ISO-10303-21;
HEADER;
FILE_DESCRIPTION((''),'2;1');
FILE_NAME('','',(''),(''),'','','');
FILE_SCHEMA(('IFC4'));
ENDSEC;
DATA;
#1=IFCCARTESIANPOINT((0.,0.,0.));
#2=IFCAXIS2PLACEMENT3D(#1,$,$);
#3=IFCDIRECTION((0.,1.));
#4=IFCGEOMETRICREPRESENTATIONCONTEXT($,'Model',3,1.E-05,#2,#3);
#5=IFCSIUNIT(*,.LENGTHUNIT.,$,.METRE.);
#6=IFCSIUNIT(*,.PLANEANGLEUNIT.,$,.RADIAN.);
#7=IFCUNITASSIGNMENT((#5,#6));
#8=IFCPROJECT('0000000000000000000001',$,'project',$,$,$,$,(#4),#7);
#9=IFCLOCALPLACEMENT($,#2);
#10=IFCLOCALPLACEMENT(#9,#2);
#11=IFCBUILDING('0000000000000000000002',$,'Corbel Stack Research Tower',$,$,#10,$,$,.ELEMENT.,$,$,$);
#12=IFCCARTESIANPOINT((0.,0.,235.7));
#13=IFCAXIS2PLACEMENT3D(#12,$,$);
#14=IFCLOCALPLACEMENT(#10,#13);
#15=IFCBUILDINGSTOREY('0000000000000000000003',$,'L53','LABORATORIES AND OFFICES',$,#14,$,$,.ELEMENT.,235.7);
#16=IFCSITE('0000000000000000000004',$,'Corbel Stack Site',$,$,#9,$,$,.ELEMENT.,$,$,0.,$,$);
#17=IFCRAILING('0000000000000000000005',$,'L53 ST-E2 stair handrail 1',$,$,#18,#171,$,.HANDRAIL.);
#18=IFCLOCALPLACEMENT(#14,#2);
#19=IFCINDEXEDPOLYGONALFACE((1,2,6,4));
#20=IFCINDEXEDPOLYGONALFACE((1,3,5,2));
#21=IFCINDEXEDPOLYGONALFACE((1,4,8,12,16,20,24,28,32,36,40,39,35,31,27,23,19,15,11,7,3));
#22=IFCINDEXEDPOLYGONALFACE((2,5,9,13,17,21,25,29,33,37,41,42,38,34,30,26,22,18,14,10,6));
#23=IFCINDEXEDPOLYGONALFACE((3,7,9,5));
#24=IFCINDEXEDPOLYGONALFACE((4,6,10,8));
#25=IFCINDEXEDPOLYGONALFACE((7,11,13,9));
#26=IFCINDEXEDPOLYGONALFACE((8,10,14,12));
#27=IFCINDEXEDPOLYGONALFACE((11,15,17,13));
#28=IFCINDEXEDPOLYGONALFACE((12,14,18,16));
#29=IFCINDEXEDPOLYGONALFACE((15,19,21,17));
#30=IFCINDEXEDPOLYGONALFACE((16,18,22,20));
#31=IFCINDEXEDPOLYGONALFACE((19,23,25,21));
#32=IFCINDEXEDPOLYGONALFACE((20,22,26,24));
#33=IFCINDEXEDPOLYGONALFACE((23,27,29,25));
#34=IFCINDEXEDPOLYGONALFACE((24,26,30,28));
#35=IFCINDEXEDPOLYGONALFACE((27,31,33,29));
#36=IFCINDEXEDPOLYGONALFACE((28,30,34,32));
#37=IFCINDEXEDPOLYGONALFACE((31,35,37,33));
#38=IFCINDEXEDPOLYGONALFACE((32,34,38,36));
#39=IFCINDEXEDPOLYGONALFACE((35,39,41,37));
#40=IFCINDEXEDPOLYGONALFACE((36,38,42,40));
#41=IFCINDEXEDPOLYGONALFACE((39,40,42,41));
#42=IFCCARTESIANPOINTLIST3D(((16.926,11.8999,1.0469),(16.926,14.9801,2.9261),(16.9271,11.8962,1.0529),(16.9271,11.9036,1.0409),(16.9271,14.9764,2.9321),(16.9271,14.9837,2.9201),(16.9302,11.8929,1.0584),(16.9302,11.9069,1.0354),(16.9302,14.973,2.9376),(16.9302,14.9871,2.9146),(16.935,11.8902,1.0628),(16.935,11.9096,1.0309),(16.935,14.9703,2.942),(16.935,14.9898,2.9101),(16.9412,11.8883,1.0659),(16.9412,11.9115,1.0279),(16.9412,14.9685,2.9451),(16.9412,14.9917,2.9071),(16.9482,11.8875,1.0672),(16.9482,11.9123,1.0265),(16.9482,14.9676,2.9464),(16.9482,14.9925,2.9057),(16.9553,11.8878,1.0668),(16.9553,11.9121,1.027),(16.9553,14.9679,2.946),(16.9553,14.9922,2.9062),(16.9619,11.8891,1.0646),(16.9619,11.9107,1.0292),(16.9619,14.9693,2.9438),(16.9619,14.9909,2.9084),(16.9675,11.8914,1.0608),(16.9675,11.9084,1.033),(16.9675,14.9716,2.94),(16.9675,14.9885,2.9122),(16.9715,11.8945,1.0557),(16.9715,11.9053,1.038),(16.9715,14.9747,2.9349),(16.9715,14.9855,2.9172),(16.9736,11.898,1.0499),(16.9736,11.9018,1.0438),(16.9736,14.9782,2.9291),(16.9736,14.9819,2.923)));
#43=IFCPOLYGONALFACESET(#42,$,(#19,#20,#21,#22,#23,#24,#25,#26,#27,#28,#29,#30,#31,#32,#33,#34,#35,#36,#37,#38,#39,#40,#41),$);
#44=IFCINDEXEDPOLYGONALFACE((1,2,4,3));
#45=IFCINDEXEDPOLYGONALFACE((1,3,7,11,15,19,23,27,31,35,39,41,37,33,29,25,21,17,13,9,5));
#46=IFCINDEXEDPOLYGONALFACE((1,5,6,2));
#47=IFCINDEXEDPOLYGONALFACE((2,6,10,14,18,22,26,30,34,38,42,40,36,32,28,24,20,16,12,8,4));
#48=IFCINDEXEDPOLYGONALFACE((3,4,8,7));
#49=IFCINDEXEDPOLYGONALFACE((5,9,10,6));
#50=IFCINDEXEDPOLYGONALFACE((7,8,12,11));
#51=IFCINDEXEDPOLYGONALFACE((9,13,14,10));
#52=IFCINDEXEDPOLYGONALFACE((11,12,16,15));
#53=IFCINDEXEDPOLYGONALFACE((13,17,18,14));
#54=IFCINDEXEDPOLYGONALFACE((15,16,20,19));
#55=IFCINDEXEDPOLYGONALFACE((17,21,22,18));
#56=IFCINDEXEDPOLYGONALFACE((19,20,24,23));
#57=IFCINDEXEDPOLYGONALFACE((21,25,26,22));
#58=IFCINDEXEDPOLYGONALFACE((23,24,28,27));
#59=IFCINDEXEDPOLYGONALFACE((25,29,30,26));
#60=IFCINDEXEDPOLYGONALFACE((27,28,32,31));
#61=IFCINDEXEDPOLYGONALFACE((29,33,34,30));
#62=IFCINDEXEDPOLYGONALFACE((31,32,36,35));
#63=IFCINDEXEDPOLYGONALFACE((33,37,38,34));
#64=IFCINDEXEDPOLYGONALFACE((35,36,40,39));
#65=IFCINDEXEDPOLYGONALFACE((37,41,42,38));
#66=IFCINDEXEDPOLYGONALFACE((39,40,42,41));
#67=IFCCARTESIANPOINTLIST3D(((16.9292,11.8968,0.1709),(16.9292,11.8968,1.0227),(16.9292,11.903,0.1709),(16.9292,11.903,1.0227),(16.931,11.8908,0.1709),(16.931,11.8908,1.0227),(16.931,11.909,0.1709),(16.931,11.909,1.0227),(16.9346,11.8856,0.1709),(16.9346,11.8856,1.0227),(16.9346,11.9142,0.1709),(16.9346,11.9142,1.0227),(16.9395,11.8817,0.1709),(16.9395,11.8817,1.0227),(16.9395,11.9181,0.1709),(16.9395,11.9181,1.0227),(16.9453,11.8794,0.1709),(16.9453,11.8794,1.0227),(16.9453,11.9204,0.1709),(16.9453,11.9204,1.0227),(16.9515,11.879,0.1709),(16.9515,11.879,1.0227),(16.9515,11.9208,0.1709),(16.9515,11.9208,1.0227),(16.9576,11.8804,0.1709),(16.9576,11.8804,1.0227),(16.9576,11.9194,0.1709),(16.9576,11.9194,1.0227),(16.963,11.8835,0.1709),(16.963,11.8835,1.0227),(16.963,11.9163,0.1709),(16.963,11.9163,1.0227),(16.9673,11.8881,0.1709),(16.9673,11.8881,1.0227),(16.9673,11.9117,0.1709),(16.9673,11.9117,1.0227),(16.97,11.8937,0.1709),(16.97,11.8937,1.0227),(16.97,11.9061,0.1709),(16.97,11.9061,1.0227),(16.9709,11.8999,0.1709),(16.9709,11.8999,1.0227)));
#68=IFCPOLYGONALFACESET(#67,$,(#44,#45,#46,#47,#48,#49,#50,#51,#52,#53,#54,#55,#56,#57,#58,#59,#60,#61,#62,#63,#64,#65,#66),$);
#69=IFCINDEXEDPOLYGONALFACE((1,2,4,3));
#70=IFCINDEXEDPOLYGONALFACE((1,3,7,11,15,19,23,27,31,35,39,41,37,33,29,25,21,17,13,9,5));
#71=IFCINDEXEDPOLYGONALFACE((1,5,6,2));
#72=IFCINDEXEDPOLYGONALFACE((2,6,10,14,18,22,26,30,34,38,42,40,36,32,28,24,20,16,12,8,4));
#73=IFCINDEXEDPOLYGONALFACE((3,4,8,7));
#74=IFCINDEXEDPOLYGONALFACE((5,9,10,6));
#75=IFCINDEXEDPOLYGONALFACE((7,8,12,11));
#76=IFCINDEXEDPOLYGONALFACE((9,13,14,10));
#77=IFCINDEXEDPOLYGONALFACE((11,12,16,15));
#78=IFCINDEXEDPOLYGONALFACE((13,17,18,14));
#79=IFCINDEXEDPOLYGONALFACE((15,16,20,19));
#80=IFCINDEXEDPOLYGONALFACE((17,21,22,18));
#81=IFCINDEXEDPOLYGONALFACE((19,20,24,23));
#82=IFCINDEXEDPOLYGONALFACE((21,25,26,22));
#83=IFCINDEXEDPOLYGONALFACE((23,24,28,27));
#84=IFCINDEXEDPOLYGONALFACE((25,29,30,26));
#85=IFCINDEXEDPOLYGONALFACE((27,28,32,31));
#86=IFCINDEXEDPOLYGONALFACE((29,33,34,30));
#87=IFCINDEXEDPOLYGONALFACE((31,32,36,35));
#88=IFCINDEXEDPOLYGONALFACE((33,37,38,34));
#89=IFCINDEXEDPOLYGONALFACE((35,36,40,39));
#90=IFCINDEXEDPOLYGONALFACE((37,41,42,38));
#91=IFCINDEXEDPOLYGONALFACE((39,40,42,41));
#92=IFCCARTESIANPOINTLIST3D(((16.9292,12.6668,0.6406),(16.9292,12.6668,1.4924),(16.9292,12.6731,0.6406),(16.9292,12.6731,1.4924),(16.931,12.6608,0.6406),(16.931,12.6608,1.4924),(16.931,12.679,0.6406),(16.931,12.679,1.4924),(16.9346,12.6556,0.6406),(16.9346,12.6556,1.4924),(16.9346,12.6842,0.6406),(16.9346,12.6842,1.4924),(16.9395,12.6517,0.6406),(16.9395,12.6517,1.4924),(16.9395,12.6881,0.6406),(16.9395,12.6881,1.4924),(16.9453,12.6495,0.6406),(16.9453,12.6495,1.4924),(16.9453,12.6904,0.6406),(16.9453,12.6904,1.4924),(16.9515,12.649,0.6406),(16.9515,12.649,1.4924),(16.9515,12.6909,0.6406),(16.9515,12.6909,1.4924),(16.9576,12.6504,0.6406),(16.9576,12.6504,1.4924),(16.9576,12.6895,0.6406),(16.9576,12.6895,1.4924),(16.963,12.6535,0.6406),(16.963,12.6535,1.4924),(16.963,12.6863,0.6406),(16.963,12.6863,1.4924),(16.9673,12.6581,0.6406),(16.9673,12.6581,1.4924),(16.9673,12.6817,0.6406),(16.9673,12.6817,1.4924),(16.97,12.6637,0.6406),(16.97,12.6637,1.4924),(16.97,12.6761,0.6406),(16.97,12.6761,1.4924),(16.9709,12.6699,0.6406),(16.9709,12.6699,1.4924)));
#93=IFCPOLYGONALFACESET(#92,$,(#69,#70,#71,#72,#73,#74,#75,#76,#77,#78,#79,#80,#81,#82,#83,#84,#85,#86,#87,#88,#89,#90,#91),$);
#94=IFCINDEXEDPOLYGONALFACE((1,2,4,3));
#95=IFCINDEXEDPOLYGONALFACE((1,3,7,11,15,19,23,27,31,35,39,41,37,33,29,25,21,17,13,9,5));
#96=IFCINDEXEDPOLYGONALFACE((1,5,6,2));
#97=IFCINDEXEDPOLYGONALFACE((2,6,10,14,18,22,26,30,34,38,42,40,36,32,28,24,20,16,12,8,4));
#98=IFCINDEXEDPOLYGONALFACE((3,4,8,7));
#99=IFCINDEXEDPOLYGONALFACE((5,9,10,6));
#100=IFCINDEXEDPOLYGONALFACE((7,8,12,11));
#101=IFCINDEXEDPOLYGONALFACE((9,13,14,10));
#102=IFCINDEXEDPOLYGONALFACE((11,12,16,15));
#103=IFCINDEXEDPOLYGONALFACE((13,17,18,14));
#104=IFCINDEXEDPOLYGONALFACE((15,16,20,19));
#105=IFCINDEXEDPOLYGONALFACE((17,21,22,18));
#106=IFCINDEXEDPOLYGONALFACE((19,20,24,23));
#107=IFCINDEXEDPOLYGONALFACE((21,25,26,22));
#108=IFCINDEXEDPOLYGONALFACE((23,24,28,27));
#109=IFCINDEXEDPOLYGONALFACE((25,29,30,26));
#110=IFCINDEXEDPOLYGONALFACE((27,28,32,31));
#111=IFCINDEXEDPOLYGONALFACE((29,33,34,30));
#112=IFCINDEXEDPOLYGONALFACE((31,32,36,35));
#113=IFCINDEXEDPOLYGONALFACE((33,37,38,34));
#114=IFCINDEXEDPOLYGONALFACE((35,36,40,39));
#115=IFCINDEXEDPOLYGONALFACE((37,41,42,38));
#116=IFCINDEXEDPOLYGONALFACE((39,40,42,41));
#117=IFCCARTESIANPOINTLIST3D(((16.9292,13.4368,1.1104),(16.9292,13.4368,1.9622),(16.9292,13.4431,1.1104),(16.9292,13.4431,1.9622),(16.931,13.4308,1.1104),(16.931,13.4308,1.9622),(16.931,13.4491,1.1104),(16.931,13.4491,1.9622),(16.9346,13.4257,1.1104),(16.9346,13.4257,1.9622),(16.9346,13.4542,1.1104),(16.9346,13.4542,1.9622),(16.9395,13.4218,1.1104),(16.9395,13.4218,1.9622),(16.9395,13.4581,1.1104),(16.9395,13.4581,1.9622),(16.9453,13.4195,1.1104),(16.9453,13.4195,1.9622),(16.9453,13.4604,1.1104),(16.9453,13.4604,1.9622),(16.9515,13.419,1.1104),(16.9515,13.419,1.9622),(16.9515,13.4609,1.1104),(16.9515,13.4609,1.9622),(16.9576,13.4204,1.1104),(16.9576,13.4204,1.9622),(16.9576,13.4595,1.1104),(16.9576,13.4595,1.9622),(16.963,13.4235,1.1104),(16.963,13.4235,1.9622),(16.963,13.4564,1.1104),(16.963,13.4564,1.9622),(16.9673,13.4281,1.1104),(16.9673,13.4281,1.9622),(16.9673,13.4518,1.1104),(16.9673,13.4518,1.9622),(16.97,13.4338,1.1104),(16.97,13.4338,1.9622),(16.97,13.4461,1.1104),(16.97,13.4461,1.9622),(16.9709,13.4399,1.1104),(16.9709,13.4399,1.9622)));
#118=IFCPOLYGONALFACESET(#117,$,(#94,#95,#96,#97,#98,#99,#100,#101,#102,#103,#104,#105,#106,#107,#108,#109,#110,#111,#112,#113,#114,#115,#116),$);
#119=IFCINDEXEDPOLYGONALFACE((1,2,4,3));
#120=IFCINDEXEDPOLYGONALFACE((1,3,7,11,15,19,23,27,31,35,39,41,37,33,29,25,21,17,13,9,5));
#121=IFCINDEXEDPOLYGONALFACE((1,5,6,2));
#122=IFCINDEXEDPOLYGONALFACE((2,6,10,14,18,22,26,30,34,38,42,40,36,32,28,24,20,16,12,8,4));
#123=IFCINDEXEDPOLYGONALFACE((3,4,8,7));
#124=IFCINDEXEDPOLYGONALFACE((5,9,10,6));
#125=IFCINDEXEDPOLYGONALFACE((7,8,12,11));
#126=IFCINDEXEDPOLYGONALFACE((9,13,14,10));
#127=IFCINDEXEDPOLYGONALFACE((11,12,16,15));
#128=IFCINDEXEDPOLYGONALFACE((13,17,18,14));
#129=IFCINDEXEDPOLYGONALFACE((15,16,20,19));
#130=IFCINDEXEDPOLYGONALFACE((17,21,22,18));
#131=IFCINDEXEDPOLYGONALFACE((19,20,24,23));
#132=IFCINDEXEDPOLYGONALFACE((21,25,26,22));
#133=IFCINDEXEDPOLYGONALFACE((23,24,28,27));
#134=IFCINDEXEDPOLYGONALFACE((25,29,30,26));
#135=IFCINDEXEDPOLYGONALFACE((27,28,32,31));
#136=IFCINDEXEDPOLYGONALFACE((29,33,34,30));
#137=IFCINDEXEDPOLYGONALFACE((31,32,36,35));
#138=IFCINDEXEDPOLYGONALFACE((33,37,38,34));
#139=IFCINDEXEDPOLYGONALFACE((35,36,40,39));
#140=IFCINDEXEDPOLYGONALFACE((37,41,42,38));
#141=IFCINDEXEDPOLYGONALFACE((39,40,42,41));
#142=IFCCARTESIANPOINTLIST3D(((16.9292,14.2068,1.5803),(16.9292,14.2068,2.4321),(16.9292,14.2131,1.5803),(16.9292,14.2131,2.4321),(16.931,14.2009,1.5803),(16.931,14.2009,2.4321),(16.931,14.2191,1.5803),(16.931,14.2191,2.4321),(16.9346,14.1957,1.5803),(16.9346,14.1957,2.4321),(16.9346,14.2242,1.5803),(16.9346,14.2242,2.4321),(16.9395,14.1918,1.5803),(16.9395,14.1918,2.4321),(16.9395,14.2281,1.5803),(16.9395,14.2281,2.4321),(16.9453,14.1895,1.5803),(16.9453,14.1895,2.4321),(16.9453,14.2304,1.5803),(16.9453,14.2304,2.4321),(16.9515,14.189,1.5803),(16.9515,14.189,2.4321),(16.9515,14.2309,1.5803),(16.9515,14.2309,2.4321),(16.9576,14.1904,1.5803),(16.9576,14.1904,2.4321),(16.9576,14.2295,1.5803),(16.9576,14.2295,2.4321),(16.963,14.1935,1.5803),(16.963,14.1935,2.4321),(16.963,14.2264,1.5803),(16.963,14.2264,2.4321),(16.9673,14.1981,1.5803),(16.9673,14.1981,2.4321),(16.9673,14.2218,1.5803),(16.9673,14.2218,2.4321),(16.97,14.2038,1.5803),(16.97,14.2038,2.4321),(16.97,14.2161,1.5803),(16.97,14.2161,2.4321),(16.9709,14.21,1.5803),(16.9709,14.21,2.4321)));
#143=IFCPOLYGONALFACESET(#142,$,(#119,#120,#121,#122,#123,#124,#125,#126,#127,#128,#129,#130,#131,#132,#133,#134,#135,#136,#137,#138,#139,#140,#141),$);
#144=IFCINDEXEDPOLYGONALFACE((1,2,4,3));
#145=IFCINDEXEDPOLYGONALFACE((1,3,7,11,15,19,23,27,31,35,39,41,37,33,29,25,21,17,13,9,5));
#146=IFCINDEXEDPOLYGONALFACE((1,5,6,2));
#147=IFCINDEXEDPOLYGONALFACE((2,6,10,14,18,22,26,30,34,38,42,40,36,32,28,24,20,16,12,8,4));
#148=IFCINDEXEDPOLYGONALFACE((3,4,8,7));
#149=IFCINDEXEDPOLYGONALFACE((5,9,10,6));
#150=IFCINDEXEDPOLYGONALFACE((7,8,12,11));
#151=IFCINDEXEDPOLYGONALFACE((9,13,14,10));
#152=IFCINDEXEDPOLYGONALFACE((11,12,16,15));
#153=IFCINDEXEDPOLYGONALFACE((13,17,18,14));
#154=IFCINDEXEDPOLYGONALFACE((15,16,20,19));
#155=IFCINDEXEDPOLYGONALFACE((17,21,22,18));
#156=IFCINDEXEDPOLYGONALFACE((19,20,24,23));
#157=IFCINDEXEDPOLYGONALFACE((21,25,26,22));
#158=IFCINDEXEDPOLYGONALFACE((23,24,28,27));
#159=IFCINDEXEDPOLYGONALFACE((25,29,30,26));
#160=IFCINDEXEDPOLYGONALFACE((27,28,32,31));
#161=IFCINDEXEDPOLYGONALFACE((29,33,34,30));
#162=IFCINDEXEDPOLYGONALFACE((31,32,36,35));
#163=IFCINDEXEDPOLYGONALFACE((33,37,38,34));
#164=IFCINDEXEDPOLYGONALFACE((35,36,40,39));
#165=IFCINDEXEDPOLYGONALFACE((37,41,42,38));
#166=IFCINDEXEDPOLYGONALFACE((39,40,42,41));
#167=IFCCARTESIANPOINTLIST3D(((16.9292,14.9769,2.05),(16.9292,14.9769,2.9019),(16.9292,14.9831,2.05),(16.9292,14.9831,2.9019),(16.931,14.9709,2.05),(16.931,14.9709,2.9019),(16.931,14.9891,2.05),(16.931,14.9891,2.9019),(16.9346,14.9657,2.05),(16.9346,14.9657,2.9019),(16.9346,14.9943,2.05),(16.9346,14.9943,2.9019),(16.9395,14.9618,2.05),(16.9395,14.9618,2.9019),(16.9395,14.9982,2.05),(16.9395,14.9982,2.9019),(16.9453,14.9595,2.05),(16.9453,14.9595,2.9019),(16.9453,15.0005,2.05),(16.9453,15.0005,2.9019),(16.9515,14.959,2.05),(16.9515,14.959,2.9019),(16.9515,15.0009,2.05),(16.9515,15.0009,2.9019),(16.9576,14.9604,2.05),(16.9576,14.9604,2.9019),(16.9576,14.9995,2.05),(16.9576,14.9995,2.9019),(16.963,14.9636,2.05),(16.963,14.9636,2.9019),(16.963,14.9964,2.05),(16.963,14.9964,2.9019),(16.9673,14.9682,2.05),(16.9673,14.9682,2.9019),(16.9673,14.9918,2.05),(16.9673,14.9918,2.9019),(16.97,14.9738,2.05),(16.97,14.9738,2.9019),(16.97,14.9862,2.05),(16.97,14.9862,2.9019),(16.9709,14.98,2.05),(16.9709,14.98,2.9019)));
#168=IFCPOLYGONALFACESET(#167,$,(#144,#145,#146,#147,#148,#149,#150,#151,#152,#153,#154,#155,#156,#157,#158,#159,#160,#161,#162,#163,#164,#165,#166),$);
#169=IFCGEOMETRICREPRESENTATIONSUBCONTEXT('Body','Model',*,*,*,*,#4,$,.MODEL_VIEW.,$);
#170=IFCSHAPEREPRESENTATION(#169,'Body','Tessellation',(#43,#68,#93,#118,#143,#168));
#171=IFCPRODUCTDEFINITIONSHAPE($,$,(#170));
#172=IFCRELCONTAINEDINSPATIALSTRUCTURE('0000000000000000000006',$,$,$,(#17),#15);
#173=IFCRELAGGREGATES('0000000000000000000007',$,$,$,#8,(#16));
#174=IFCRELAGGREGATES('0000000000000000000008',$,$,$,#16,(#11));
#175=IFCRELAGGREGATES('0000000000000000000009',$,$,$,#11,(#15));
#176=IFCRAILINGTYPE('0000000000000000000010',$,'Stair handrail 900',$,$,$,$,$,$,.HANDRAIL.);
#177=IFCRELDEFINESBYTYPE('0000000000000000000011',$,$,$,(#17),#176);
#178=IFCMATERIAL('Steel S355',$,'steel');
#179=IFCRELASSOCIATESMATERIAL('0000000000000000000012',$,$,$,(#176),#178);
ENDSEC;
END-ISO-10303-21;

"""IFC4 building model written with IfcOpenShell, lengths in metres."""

from ifc_helpers import new_model, si_unit, direction, frame, origin, origin_2d, place, context, subcontext, project, spatial, circle, extrude, material, type_object, element, save


model = new_model("IFC4")

# Units and contexts
model_context = context("Model", 3, precision=1e-05, world=origin(), true_north=direction((0.0, 1.0)))
body_context = subcontext(model_context, "Body", "Model", "MODEL_VIEW")
ifc_project = project(units=[si_unit("LENGTHUNIT", "METRE"), si_unit("PLANEANGLEUNIT", "RADIAN")], contexts=[model_context])

# Site, building, storey
site_placement = place(None, origin())
site = spatial("IfcSite", under=ifc_project, at=site_placement, Name="Corbel Stack Site", CompositionType="ELEMENT", RefElevation=0.0)
building_placement = place(site_placement, origin())
building = spatial("IfcBuilding", under=site, at=building_placement, Name="Corbel Stack Research Tower", CompositionType="ELEMENT")
storey_placement = place(building_placement, frame((0.0, 0.0, 235.7)))
storey = spatial("IfcBuildingStorey", under=building, at=storey_placement, Name="L53", Description="LABORATORIES AND OFFICES", CompositionType="ELEMENT", Elevation=235.7)

# Railing
ifc_material_1 = material(Name="Steel S355", Category="steel")
railing_type_1 = type_object("IfcRailingType", Name="Stair handrail 900", PredefinedType="HANDRAIL", material=ifc_material_1)
railing_1_placement = place(storey_placement, frame((16.95, 11.8999, 0.1709)))
element("IfcRailing", 1, at=railing_1_placement, inside=storey, type_object=railing_type_1, Name="L53 ST-E2 stair handrail 1", PredefinedType="HANDRAIL", context=body_context, shape_type="SweptSolid", body=[
    extrude(circle(Radius=0.0239, at=origin_2d()), frame((0.0, 0.0, 0.876), z_axis=(0.0, 0.853666, 0.52082), x_axis=(-1.0, 0.0, 0.0)), (0.0, 0.0, 1.0), 3.6082),
    extrude(circle(Radius=0.021, at=origin_2d()), origin(), (0.0, 0.0, 1.0), 0.8518),
    extrude(circle(Radius=0.021, at=origin_2d()), frame((0.0, 0.77, 0.4697)), (0.0, 0.0, 1.0), 0.8518),
    extrude(circle(Radius=0.021, at=origin_2d()), frame((0.0, 1.54, 0.9395)), (0.0, 0.0, 1.0), 0.8518),
    extrude(circle(Radius=0.021, at=origin_2d()), frame((0.0, 2.3101, 1.4094)), (0.0, 0.0, 1.0), 0.8518),
    extrude(circle(Radius=0.021, at=origin_2d()), frame((0.0, 3.0801, 1.8792)), (0.0, 0.0, 1.0), 0.8518),
])

save(model, "model.ifc")
